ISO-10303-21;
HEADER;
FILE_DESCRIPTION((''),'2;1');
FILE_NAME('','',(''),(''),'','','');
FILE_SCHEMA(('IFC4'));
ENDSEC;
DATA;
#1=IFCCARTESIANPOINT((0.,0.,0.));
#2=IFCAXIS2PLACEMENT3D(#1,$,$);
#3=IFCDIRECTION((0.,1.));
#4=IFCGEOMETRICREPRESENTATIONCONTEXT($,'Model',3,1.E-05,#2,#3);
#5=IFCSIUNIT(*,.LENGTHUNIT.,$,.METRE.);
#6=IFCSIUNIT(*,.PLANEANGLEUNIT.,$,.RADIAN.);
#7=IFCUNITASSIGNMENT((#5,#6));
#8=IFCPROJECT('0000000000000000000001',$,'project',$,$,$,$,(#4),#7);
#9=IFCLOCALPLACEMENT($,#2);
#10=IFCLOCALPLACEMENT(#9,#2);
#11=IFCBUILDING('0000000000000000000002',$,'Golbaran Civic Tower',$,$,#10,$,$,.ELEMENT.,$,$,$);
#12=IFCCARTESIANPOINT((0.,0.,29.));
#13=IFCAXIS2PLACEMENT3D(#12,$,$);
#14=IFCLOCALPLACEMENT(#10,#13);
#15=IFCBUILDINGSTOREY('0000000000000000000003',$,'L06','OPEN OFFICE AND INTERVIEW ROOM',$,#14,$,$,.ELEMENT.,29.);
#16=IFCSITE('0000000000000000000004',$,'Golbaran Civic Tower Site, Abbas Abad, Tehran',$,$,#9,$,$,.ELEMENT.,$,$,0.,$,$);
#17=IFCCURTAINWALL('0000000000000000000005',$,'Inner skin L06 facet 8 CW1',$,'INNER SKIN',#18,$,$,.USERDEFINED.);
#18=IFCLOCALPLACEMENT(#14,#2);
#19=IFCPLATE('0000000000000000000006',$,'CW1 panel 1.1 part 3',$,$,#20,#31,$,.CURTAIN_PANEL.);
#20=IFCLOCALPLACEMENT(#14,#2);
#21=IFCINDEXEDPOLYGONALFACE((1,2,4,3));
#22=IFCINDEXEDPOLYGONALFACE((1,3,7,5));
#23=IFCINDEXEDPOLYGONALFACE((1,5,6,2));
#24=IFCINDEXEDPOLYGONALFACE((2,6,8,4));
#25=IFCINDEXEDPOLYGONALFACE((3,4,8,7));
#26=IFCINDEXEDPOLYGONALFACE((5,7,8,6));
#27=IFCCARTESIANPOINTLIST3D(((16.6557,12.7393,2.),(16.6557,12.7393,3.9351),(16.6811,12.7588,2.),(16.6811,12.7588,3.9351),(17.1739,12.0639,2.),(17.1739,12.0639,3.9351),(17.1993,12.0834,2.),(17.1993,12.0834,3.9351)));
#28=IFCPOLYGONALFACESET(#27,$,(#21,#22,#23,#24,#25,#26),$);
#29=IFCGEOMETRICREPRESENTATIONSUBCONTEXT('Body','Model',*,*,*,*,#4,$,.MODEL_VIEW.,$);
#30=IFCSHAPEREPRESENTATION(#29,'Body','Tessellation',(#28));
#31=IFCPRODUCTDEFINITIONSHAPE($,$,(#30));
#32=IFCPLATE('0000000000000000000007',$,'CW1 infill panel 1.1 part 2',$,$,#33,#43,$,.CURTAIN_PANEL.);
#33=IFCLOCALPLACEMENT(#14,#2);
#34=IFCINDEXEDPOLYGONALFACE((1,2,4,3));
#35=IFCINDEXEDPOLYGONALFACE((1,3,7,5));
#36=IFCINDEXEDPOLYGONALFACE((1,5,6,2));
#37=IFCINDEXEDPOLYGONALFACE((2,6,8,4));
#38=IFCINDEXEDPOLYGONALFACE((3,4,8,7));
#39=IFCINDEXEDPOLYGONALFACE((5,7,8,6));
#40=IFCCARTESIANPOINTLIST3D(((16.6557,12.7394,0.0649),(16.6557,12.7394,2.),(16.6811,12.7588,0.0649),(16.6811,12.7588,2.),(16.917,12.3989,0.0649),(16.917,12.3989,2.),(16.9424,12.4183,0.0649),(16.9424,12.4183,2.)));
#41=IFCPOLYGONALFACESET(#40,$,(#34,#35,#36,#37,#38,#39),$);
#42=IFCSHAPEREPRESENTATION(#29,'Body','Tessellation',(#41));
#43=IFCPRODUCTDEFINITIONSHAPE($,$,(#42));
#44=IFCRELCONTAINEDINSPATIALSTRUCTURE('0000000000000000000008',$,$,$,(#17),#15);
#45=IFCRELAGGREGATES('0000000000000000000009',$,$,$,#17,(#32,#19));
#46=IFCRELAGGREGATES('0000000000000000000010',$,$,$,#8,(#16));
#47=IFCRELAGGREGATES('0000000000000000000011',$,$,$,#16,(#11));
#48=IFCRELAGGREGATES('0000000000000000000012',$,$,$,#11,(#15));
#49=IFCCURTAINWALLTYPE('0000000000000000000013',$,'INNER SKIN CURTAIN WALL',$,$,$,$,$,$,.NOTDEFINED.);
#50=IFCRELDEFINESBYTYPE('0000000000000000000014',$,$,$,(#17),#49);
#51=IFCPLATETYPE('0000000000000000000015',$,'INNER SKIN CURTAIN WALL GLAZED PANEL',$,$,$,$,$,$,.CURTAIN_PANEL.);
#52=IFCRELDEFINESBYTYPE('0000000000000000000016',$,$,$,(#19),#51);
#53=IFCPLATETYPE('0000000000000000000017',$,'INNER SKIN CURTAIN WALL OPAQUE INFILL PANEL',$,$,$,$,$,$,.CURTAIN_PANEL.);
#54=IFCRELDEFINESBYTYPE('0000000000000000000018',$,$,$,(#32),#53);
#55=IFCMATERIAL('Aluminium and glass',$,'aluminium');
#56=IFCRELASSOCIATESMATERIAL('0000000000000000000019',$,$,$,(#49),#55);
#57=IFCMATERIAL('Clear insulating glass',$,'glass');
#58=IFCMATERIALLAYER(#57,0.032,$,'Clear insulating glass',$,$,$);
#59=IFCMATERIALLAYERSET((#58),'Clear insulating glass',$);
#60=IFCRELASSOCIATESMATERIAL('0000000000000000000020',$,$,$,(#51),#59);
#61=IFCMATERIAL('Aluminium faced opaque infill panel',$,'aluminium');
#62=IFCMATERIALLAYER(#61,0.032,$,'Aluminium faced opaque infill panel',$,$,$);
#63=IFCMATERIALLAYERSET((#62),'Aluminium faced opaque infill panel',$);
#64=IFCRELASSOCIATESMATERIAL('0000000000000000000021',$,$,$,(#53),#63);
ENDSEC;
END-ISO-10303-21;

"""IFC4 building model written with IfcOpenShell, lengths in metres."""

from ifc_helpers import new_model, si_unit, direction, frame, origin, origin_2d, place, context, subcontext, project, spatial, rectangle, extrude, material, layer, layer_set, type_object, element, aggregate, save


model = new_model("IFC4")

# Units and contexts
model_context = context("Model", 3, precision=1e-05, world=origin(), true_north=direction((0.0, 1.0)))
body_context = subcontext(model_context, "Body", "Model", "MODEL_VIEW")
ifc_project = project(units=[si_unit("LENGTHUNIT", "METRE"), si_unit("PLANEANGLEUNIT", "RADIAN")], contexts=[model_context])

# Site, building, storey
site_placement = place(None, origin())
site = spatial("IfcSite", under=ifc_project, at=site_placement, Name="Golbaran Civic Tower Site, Abbas Abad, Tehran", CompositionType="ELEMENT", RefElevation=0.0)
building_placement = place(site_placement, origin())
building = spatial("IfcBuilding", under=site, at=building_placement, Name="Golbaran Civic Tower", CompositionType="ELEMENT")
storey_placement = place(building_placement, frame((0.0, 0.0, 29.0)))
storey = spatial("IfcBuildingStorey", under=building, at=storey_placement, Name="L06", Description="OPEN OFFICE AND INTERVIEW ROOM", CompositionType="ELEMENT", Elevation=29.0)

# Shared definitions
ifc_material_1 = material(Name="Aluminium and glass", Category="aluminium")
curtain_wall_type = type_object("IfcCurtainWallType", Name="INNER SKIN CURTAIN WALL", PredefinedType="NOTDEFINED", material=ifc_material_1)

# Curtain wall
curtain_wall_1_placement = place(storey_placement, origin())
curtain_wall_1 = element("IfcCurtainWall", 1, at=curtain_wall_1_placement, inside=storey, type_object=curtain_wall_type, Name="Inner skin L06 facet 8 CW1", ObjectType="INNER SKIN", PredefinedType="USERDEFINED")

# Plates
ifc_material_2 = material(Name="Clear insulating glass", Category="glass")
ifc_layer_1 = layer(ifc_material_2, 0.032, Name="Clear insulating glass")
ifc_layer_set_1 = layer_set([ifc_layer_1], Name="Clear insulating glass")
plate_type_1 = type_object("IfcPlateType", Name="INNER SKIN CURTAIN WALL GLAZED PANEL", PredefinedType="CURTAIN_PANEL", material=ifc_layer_set_1)
plate_1_placement = place(storey_placement, frame((16.9275, 12.4114, 2.0), z_axis=(0.0, 0.0, 1.0), x_axis=(-0.608761, 0.793353, 0.0)))
plate_1 = element("IfcPlate", 2, at=plate_1_placement, type_object=plate_type_1, Name="CW1 panel 1.1 part 3", PredefinedType="CURTAIN_PANEL", context=body_context, shape_type="SweptSolid", body=[
    extrude(rectangle(XDim=0.8513, YDim=0.032, at=origin_2d()), origin(), (0.0, 0.0, 1.0), 1.9351),
])
ifc_material_3 = material(Name="Aluminium faced opaque infill panel", Category="aluminium")
ifc_layer_2 = layer(ifc_material_3, 0.032, Name="Aluminium faced opaque infill panel")
ifc_layer_set_2 = layer_set([ifc_layer_2], Name="Aluminium faced opaque infill panel")
plate_type_2 = type_object("IfcPlateType", Name="INNER SKIN CURTAIN WALL OPAQUE INFILL PANEL", PredefinedType="CURTAIN_PANEL", material=ifc_layer_set_2)
plate_2_placement = place(storey_placement, frame((16.7991, 12.5789, 0.0649), z_axis=(0.0, 0.0, 1.0), x_axis=(-0.608761, 0.793353, 0.0)))
plate_2 = element("IfcPlate", 3, at=plate_2_placement, type_object=plate_type_2, Name="CW1 infill panel 1.1 part 2", PredefinedType="CURTAIN_PANEL", context=body_context, shape_type="SweptSolid", body=[
    extrude(rectangle(XDim=0.4292, YDim=0.032, at=origin_2d()), origin(), (0.0, 0.0, 1.0), 1.9351),
])
aggregate(curtain_wall_1, [plate_2, plate_1])

save(model, "model.ifc")
